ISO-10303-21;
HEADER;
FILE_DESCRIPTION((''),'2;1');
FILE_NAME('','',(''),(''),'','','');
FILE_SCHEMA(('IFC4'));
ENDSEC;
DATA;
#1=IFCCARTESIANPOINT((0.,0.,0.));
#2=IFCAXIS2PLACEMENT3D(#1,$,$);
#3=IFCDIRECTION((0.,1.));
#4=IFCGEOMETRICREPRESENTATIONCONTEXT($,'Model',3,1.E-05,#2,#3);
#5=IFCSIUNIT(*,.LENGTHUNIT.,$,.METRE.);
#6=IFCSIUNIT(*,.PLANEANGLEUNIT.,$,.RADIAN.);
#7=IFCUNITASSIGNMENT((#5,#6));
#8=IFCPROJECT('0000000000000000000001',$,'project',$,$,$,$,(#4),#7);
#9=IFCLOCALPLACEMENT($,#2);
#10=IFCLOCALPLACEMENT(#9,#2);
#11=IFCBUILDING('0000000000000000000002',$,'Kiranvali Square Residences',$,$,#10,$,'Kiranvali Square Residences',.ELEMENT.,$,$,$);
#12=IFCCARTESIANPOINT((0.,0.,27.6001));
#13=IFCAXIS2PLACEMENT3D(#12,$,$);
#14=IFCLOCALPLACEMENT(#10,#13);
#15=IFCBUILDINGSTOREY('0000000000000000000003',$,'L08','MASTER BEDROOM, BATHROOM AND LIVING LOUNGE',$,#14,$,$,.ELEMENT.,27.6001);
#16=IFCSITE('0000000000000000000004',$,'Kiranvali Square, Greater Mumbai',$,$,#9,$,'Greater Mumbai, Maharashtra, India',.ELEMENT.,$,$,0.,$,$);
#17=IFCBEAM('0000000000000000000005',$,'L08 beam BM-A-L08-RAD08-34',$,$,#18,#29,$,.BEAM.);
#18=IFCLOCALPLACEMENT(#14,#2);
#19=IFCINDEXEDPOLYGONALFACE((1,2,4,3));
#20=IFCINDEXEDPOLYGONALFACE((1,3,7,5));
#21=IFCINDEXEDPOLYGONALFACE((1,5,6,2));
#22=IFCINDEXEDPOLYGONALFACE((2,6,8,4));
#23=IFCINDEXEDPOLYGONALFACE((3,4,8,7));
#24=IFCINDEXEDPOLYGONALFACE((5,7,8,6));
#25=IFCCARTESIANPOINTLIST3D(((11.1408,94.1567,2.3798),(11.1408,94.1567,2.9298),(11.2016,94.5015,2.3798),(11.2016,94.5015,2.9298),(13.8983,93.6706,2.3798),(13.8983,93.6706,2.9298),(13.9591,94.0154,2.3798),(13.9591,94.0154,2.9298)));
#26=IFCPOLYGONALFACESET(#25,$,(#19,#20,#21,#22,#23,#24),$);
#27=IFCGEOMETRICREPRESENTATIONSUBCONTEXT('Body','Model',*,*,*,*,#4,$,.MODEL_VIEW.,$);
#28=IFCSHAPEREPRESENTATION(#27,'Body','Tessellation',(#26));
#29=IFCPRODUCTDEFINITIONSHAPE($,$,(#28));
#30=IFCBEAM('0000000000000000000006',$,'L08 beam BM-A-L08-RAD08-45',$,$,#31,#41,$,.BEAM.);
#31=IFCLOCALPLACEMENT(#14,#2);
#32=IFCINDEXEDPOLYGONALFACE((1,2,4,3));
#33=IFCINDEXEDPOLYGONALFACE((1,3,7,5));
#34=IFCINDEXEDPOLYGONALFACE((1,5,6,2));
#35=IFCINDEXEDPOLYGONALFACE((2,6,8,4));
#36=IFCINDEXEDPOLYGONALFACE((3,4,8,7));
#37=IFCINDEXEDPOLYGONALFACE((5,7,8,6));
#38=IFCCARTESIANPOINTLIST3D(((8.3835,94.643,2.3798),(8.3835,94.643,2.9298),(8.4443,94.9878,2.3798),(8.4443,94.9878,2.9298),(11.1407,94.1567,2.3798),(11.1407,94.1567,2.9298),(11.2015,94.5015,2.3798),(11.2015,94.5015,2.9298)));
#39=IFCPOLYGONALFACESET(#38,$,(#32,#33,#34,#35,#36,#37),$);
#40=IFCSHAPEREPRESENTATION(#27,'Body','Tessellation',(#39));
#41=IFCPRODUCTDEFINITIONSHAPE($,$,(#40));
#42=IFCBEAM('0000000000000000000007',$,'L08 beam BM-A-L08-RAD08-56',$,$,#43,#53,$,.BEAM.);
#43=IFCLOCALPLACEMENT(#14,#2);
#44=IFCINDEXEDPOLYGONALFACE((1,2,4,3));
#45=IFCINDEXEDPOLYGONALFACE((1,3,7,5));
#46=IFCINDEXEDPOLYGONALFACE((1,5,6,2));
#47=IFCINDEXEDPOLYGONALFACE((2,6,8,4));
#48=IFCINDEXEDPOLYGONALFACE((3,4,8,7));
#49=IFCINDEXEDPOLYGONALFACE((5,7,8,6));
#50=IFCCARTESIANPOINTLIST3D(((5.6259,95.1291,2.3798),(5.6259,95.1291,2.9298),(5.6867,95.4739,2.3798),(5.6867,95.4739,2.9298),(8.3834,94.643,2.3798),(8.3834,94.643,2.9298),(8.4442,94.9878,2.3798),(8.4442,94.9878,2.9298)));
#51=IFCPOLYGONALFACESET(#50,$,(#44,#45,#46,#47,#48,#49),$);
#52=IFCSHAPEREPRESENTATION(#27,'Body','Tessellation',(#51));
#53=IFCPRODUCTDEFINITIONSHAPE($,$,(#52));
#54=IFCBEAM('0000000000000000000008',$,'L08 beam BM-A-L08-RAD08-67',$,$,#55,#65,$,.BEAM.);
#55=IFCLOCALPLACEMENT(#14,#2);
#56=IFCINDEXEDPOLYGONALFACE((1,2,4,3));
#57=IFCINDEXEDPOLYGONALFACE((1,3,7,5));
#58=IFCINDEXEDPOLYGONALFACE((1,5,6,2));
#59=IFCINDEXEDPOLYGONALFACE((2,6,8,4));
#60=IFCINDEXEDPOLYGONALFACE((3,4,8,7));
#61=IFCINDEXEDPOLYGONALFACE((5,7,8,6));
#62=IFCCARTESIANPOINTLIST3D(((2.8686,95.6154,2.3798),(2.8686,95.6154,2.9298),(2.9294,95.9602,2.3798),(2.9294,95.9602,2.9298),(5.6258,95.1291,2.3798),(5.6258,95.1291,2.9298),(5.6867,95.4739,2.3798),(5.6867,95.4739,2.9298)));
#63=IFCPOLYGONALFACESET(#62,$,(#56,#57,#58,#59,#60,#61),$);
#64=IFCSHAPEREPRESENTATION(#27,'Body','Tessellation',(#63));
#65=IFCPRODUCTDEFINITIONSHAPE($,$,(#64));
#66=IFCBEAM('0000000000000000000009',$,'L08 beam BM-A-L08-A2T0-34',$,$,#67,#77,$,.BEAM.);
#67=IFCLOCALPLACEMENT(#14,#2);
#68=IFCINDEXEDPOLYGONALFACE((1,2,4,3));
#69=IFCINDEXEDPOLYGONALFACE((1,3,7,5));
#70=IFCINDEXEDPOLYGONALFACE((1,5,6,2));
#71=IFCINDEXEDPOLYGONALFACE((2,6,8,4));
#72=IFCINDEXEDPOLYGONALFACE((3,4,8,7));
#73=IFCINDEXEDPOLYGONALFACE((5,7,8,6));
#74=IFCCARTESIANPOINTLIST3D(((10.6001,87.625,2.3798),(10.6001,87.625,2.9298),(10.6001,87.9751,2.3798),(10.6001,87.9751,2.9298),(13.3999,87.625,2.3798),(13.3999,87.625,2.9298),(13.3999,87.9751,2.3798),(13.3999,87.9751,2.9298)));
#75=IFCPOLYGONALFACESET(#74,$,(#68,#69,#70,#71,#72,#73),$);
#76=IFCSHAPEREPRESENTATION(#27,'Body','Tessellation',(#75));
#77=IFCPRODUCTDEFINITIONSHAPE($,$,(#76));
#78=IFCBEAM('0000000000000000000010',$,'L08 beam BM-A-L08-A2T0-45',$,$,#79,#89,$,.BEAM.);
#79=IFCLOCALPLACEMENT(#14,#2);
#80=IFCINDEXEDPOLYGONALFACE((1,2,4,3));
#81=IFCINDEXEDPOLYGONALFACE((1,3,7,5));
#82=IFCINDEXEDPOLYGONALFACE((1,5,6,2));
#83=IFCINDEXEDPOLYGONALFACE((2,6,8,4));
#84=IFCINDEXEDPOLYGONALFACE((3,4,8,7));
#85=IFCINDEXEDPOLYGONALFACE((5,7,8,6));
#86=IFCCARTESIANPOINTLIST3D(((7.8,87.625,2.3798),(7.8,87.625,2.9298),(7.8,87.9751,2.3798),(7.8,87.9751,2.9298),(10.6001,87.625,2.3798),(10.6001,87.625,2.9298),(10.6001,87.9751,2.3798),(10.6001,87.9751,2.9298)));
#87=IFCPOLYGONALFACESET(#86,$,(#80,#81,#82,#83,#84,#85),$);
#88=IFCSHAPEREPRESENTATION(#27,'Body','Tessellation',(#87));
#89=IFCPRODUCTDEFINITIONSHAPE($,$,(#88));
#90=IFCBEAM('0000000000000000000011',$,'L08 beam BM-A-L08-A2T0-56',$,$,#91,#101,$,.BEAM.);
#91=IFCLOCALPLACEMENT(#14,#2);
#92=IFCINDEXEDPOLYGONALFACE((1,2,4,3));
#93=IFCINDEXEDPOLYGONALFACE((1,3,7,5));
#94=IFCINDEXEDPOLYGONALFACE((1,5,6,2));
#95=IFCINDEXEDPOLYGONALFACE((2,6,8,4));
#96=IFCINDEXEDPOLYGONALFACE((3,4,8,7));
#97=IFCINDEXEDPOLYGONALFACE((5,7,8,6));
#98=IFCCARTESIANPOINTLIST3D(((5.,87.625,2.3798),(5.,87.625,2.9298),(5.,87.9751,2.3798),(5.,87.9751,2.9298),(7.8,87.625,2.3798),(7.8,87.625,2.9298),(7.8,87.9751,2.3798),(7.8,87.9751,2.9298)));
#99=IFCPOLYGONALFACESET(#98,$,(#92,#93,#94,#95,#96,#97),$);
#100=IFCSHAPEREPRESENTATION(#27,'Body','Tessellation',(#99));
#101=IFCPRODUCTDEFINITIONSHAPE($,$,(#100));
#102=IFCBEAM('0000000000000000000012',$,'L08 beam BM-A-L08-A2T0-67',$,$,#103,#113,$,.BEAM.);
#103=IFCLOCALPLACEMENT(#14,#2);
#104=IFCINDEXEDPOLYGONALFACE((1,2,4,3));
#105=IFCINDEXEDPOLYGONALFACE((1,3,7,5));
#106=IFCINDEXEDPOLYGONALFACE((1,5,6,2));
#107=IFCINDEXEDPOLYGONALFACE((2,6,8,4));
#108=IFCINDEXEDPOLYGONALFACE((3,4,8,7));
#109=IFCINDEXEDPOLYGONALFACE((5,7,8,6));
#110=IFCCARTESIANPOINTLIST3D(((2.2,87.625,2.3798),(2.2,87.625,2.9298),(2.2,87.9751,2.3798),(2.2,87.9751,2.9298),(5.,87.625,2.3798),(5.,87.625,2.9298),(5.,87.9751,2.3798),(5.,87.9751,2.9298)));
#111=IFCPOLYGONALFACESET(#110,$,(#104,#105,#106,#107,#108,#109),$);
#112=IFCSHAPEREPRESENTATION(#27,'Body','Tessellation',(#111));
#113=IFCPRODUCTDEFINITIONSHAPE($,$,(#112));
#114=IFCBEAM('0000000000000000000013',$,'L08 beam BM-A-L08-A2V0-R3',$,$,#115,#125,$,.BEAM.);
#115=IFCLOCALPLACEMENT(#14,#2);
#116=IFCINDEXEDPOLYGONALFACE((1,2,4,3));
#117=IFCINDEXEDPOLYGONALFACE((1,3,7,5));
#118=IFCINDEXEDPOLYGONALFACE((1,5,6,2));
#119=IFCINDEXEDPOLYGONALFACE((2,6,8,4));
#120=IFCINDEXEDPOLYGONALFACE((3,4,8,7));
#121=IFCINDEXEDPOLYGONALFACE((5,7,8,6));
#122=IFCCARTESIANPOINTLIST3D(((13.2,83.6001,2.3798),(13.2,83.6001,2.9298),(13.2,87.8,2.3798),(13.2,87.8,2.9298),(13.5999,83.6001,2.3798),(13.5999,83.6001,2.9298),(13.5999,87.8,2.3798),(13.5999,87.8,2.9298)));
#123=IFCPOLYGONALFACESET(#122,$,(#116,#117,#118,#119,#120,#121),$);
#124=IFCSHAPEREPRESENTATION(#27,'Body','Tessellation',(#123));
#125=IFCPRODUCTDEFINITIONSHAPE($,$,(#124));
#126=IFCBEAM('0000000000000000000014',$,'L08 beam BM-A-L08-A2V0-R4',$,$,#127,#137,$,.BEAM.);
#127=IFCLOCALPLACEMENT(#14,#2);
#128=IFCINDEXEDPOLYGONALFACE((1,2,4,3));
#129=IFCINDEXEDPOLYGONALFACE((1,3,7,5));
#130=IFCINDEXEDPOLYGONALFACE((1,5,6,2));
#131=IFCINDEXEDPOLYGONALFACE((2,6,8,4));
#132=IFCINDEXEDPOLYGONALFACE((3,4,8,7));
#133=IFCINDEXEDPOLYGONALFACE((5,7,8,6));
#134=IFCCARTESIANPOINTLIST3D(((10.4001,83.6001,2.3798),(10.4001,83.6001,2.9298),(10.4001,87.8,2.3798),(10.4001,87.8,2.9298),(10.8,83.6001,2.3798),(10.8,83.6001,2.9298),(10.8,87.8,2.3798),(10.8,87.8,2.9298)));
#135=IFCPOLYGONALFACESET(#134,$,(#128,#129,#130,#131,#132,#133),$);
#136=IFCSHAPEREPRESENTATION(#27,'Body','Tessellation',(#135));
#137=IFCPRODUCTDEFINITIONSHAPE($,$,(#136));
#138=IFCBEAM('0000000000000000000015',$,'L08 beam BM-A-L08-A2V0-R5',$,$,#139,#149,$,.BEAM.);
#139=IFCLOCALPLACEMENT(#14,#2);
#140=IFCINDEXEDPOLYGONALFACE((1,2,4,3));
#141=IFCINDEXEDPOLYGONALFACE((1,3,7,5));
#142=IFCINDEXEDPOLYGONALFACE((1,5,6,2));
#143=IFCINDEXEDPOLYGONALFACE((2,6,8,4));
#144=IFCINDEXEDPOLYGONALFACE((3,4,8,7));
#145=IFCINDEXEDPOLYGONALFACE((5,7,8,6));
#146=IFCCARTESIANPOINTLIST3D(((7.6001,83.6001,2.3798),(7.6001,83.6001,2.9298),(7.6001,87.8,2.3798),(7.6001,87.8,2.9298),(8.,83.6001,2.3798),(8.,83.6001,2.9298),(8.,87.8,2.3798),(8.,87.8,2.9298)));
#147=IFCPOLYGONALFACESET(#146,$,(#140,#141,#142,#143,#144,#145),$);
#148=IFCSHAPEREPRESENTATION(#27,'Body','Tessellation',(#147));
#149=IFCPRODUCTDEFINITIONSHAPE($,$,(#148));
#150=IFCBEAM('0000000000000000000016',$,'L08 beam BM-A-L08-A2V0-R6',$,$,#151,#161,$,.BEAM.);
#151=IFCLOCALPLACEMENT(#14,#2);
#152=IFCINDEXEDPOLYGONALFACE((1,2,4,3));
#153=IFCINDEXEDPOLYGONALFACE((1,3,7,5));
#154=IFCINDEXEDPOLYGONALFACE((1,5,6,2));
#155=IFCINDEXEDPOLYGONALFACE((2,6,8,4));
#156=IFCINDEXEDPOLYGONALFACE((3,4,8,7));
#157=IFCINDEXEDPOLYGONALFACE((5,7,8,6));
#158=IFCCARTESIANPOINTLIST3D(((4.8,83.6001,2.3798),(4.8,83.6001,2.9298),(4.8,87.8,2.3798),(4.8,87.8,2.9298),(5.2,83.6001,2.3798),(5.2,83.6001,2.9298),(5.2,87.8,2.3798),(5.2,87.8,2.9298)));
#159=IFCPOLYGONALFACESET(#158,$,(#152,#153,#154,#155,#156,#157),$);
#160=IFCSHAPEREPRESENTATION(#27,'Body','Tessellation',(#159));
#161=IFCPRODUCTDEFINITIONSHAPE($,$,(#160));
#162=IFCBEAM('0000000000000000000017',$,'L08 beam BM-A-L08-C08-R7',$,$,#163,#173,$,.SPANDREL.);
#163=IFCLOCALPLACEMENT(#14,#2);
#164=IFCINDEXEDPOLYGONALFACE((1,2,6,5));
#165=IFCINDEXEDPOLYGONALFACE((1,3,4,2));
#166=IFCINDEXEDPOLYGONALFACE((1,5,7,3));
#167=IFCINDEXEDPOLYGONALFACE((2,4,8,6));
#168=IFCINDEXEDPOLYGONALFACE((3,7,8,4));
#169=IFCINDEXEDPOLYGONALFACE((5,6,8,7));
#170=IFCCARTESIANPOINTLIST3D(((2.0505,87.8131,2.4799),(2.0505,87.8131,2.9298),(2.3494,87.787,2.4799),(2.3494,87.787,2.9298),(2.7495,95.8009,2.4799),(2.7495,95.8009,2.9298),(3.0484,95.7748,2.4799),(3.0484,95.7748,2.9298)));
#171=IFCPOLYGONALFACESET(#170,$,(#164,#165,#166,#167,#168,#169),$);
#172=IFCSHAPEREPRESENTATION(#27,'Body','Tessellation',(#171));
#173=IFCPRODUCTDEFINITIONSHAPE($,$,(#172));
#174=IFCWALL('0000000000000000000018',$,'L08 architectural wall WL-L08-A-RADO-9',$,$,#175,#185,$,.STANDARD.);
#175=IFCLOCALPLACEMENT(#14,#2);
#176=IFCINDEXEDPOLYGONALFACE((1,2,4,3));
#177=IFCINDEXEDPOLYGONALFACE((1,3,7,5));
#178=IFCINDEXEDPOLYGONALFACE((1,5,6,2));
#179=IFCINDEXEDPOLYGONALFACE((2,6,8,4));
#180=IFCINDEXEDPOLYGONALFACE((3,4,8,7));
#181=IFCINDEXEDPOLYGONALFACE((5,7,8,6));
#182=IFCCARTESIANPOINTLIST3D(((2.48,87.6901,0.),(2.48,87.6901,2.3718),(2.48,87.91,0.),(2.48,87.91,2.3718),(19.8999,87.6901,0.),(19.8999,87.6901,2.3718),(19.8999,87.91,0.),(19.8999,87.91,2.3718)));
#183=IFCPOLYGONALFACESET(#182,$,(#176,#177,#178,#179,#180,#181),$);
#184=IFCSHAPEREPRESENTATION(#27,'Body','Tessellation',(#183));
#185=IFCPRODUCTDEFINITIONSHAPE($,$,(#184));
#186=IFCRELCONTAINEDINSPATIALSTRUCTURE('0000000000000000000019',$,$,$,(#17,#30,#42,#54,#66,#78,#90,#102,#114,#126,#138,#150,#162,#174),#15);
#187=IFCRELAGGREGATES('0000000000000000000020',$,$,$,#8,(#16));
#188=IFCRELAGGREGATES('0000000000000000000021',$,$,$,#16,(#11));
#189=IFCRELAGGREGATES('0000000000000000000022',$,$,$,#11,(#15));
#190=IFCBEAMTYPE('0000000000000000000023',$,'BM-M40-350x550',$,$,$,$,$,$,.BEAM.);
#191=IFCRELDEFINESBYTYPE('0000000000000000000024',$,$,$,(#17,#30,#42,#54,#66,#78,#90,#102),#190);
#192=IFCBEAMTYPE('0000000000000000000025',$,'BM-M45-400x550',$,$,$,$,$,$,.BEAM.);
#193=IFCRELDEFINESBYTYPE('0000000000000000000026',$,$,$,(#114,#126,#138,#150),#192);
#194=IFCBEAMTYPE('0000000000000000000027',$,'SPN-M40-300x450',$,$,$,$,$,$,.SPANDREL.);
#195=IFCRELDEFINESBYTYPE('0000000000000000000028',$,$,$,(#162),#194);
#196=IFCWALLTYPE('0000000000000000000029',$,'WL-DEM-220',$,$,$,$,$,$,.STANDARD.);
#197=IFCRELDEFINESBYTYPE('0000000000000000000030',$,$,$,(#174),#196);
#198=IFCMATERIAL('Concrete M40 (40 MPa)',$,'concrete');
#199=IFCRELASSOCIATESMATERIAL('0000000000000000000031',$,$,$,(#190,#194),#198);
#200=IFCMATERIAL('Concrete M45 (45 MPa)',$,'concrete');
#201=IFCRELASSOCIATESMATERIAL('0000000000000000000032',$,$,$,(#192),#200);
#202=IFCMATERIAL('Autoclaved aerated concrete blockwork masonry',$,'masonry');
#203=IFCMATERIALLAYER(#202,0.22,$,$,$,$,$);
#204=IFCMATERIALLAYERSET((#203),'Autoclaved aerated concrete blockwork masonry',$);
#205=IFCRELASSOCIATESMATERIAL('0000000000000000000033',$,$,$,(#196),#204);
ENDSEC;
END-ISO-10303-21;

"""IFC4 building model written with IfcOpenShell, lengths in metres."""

from ifc_helpers import new_model, si_unit, direction, frame, frame_2d, origin, origin_2d, place, context, subcontext, project, spatial, rectangle, extrude, material, layer, layer_set, material_profile, profile_set, type_object, element, save


model = new_model("IFC4")

# Units and contexts
model_context = context("Model", 3, precision=1e-05, world=origin(), true_north=direction((0.0, 1.0)))
body_context = subcontext(model_context, "Body", "Model", "MODEL_VIEW")
ifc_project = project(units=[si_unit("LENGTHUNIT", "METRE"), si_unit("PLANEANGLEUNIT", "RADIAN")], contexts=[model_context])

# Site, building, storey
site_placement = place(None, origin())
site = spatial("IfcSite", under=ifc_project, at=site_placement, Name="Kiranvali Square, Greater Mumbai", LongName="Greater Mumbai, Maharashtra, India", CompositionType="ELEMENT", RefElevation=0.0)
building_placement = place(site_placement, origin())
building = spatial("IfcBuilding", under=site, at=building_placement, Name="Kiranvali Square Residences", LongName="Kiranvali Square Residences", CompositionType="ELEMENT")
storey_placement = place(building_placement, frame((0.0, 0.0, 27.6001)))
storey = spatial("IfcBuildingStorey", under=building, at=storey_placement, Name="L08", Description="MASTER BEDROOM, BATHROOM AND LIVING LOUNGE", CompositionType="ELEMENT", Elevation=27.6001)

# Shared definitions
ifc_material_1 = material(Name="Concrete M45 (45 MPa)", Category="concrete")

# Beams
ifc_material_2 = material(Name="Concrete M40 (40 MPa)", Category="concrete")
ifc_material_profile_1 = material_profile(ifc_material_2, rectangle(XDim=0.3501, YDim=0.55, at=origin_2d()), Name="RC 350x550")
ifc_profile_set_1 = profile_set([ifc_material_profile_1], Name="Concrete M40 (40 MPa)")
beam_type_1 = type_object("IfcBeamType", Name="BM-M40-350x550", PredefinedType="BEAM", material=ifc_profile_set_1)
beam_1_placement = place(storey_placement, frame((13.9287, 93.843, 2.6548), z_axis=(-0.984817, 0.173596, 0.0), x_axis=(-0.173596, -0.984817, 0.0)))
element("IfcBeam", 1, at=beam_1_placement, inside=storey, type_object=beam_type_1, Name="L08 beam BM-A-L08-RAD08-34", PredefinedType="BEAM", context=body_context, shape_type="SweptSolid", body=[
    extrude(rectangle(XDim=0.3501, YDim=0.55, at=origin_2d()), origin(), (0.0, 0.0, 1.0), 2.8),
])
beam_2_placement = place(storey_placement, frame((11.1711, 94.3291, 2.6548), z_axis=(-0.984799, 0.173696, 0.0), x_axis=(-0.173696, -0.984799, 0.0)))
element("IfcBeam", 2, at=beam_2_placement, inside=storey, type_object=beam_type_1, Name="L08 beam BM-A-L08-RAD08-45", PredefinedType="BEAM", context=body_context, shape_type="SweptSolid", body=[
    extrude(rectangle(XDim=0.3501, YDim=0.55, at=origin_2d()), origin(), (0.0, 0.0, 1.0), 2.7998),
])
beam_3_placement = place(storey_placement, frame((8.4138, 94.8154, 2.6548), z_axis=(-0.984817, 0.173596, 0.0), x_axis=(-0.173596, -0.984817, 0.0)))
element("IfcBeam", 3, at=beam_3_placement, inside=storey, type_object=beam_type_1, Name="L08 beam BM-A-L08-RAD08-56", PredefinedType="BEAM", context=body_context, shape_type="SweptSolid", body=[
    extrude(rectangle(XDim=0.3501, YDim=0.55, at=origin_2d()), origin(), (0.0, 0.0, 1.0), 2.8),
])
for number, where, z_axis, x_axis, name in (
    (4, (5.6562, 95.3015, 2.6548), (-0.984799, 0.173696, 0.0), (-0.173696, -0.984799, 0.0), "L08 beam BM-A-L08-RAD08-67"),
    (5, (13.3999, 87.8, 2.6548), (-1.0, 0.0, 0.0), (0.0, -1.0, 0.0), "L08 beam BM-A-L08-A2T0-34"),
):
    element("IfcBeam", number, at=place(storey_placement, frame(where, z_axis=z_axis, x_axis=x_axis)), inside=storey, type_object=beam_type_1, Name=name, PredefinedType="BEAM", context=body_context, shape_type="SweptSolid", body=[
        extrude(rectangle(XDim=0.3501, YDim=0.55, at=origin_2d()), origin(), (0.0, 0.0, 1.0), 2.7998),
    ])
for number, where, z_axis, x_axis, name in (
    (6, (10.6001, 87.8, 2.6548), (-1.0, 0.0, 0.0), (0.0, -1.0, 0.0), "L08 beam BM-A-L08-A2T0-45"),
    (7, (7.8, 87.8, 2.6548), (-1.0, 0.0, 0.0), (0.0, -1.0, 0.0), "L08 beam BM-A-L08-A2T0-56"),
    (8, (5.0, 87.8, 2.6548), (-1.0, 0.0, 0.0), (0.0, -1.0, 0.0), "L08 beam BM-A-L08-A2T0-67"),
):
    element("IfcBeam", number, at=place(storey_placement, frame(where, z_axis=z_axis, x_axis=x_axis)), inside=storey, type_object=beam_type_1, Name=name, PredefinedType="BEAM", context=body_context, shape_type="SweptSolid", body=[
        extrude(rectangle(XDim=0.3501, YDim=0.55, at=origin_2d()), origin(), (0.0, 0.0, 1.0), 2.8),
    ])
ifc_material_profile_2 = material_profile(ifc_material_1, rectangle(XDim=0.3999, YDim=0.55, at=origin_2d()), Name="RC 400x550")
ifc_profile_set_2 = profile_set([ifc_material_profile_2], Name="Concrete M45 (45 MPa)")
beam_type_2 = type_object("IfcBeamType", Name="BM-M45-400x550", PredefinedType="BEAM", material=ifc_profile_set_2)
for number, where, z_axis, x_axis, name in (
    (9, (13.3999, 87.8, 2.6548), (0.0, -1.0, 0.0), (1.0, 0.0, 0.0), "L08 beam BM-A-L08-A2V0-R3"),
    (10, (10.6001, 87.8, 2.6548), (0.0, -1.0, 0.0), (1.0, 0.0, 0.0), "L08 beam BM-A-L08-A2V0-R4"),
    (11, (7.8, 87.8, 2.6548), (0.0, -1.0, 0.0), (1.0, 0.0, 0.0), "L08 beam BM-A-L08-A2V0-R5"),
    (12, (5.0, 87.8, 2.6548), (0.0, -1.0, 0.0), (1.0, 0.0, 0.0), "L08 beam BM-A-L08-A2V0-R6"),
):
    element("IfcBeam", number, at=place(storey_placement, frame(where, z_axis=z_axis, x_axis=x_axis)), inside=storey, type_object=beam_type_2, Name=name, PredefinedType="BEAM", context=body_context, shape_type="SweptSolid", body=[
        extrude(rectangle(XDim=0.3999, YDim=0.55, at=origin_2d()), origin(), (0.0, 0.0, 1.0), 4.2),
    ])
ifc_material_profile_3 = material_profile(ifc_material_2, rectangle(XDim=0.3, YDim=0.45, at=origin_2d()), Name="RC 300x450")
ifc_profile_set_3 = profile_set([ifc_material_profile_3], Name="Concrete M40 (40 MPa)")
beam_type_3 = type_object("IfcBeamType", Name="SPN-M40-300x450", PredefinedType="SPANDREL", material=ifc_profile_set_3)
beam_4_placement = place(storey_placement, frame((2.8989, 95.7878, 2.7048), z_axis=(-0.087172, -0.996193, 0.0), x_axis=(0.996193, -0.087172, 0.0)))
element("IfcBeam", 13, at=beam_4_placement, inside=storey, type_object=beam_type_3, Name="L08 beam BM-A-L08-C08-R7", PredefinedType="SPANDREL", context=body_context, shape_type="SweptSolid", body=[
    extrude(rectangle(XDim=0.3, YDim=0.45, at=origin_2d()), origin(), (0.0, 0.0, 1.0), 8.0183),
])

# Wall
ifc_material_3 = material(Name="Autoclaved aerated concrete blockwork masonry", Category="masonry")
ifc_layer_1 = layer(ifc_material_3, 0.22)
ifc_layer_set_1 = layer_set([ifc_layer_1], Name="Autoclaved aerated concrete blockwork masonry")
wall_type_1 = type_object("IfcWallType", Name="WL-DEM-220", PredefinedType="STANDARD", material=ifc_layer_set_1)
wall_1_placement = place(storey_placement, frame((19.8999, 87.8, 0.0), z_axis=(0.0, 0.0, 1.0), x_axis=(-1.0, 0.0, 0.0)))
element("IfcWall", 14, at=wall_1_placement, inside=storey, type_object=wall_type_1, Name="L08 architectural wall WL-L08-A-RADO-9", PredefinedType="STANDARD", context=body_context, shape_type="SweptSolid", body=[
    extrude(rectangle(XDim=17.4199, YDim=0.22, at=frame_2d((8.71, 0.0))), origin(), (0.0, 0.0, 1.0), 2.3718),
])

save(model, "model.ifc")
